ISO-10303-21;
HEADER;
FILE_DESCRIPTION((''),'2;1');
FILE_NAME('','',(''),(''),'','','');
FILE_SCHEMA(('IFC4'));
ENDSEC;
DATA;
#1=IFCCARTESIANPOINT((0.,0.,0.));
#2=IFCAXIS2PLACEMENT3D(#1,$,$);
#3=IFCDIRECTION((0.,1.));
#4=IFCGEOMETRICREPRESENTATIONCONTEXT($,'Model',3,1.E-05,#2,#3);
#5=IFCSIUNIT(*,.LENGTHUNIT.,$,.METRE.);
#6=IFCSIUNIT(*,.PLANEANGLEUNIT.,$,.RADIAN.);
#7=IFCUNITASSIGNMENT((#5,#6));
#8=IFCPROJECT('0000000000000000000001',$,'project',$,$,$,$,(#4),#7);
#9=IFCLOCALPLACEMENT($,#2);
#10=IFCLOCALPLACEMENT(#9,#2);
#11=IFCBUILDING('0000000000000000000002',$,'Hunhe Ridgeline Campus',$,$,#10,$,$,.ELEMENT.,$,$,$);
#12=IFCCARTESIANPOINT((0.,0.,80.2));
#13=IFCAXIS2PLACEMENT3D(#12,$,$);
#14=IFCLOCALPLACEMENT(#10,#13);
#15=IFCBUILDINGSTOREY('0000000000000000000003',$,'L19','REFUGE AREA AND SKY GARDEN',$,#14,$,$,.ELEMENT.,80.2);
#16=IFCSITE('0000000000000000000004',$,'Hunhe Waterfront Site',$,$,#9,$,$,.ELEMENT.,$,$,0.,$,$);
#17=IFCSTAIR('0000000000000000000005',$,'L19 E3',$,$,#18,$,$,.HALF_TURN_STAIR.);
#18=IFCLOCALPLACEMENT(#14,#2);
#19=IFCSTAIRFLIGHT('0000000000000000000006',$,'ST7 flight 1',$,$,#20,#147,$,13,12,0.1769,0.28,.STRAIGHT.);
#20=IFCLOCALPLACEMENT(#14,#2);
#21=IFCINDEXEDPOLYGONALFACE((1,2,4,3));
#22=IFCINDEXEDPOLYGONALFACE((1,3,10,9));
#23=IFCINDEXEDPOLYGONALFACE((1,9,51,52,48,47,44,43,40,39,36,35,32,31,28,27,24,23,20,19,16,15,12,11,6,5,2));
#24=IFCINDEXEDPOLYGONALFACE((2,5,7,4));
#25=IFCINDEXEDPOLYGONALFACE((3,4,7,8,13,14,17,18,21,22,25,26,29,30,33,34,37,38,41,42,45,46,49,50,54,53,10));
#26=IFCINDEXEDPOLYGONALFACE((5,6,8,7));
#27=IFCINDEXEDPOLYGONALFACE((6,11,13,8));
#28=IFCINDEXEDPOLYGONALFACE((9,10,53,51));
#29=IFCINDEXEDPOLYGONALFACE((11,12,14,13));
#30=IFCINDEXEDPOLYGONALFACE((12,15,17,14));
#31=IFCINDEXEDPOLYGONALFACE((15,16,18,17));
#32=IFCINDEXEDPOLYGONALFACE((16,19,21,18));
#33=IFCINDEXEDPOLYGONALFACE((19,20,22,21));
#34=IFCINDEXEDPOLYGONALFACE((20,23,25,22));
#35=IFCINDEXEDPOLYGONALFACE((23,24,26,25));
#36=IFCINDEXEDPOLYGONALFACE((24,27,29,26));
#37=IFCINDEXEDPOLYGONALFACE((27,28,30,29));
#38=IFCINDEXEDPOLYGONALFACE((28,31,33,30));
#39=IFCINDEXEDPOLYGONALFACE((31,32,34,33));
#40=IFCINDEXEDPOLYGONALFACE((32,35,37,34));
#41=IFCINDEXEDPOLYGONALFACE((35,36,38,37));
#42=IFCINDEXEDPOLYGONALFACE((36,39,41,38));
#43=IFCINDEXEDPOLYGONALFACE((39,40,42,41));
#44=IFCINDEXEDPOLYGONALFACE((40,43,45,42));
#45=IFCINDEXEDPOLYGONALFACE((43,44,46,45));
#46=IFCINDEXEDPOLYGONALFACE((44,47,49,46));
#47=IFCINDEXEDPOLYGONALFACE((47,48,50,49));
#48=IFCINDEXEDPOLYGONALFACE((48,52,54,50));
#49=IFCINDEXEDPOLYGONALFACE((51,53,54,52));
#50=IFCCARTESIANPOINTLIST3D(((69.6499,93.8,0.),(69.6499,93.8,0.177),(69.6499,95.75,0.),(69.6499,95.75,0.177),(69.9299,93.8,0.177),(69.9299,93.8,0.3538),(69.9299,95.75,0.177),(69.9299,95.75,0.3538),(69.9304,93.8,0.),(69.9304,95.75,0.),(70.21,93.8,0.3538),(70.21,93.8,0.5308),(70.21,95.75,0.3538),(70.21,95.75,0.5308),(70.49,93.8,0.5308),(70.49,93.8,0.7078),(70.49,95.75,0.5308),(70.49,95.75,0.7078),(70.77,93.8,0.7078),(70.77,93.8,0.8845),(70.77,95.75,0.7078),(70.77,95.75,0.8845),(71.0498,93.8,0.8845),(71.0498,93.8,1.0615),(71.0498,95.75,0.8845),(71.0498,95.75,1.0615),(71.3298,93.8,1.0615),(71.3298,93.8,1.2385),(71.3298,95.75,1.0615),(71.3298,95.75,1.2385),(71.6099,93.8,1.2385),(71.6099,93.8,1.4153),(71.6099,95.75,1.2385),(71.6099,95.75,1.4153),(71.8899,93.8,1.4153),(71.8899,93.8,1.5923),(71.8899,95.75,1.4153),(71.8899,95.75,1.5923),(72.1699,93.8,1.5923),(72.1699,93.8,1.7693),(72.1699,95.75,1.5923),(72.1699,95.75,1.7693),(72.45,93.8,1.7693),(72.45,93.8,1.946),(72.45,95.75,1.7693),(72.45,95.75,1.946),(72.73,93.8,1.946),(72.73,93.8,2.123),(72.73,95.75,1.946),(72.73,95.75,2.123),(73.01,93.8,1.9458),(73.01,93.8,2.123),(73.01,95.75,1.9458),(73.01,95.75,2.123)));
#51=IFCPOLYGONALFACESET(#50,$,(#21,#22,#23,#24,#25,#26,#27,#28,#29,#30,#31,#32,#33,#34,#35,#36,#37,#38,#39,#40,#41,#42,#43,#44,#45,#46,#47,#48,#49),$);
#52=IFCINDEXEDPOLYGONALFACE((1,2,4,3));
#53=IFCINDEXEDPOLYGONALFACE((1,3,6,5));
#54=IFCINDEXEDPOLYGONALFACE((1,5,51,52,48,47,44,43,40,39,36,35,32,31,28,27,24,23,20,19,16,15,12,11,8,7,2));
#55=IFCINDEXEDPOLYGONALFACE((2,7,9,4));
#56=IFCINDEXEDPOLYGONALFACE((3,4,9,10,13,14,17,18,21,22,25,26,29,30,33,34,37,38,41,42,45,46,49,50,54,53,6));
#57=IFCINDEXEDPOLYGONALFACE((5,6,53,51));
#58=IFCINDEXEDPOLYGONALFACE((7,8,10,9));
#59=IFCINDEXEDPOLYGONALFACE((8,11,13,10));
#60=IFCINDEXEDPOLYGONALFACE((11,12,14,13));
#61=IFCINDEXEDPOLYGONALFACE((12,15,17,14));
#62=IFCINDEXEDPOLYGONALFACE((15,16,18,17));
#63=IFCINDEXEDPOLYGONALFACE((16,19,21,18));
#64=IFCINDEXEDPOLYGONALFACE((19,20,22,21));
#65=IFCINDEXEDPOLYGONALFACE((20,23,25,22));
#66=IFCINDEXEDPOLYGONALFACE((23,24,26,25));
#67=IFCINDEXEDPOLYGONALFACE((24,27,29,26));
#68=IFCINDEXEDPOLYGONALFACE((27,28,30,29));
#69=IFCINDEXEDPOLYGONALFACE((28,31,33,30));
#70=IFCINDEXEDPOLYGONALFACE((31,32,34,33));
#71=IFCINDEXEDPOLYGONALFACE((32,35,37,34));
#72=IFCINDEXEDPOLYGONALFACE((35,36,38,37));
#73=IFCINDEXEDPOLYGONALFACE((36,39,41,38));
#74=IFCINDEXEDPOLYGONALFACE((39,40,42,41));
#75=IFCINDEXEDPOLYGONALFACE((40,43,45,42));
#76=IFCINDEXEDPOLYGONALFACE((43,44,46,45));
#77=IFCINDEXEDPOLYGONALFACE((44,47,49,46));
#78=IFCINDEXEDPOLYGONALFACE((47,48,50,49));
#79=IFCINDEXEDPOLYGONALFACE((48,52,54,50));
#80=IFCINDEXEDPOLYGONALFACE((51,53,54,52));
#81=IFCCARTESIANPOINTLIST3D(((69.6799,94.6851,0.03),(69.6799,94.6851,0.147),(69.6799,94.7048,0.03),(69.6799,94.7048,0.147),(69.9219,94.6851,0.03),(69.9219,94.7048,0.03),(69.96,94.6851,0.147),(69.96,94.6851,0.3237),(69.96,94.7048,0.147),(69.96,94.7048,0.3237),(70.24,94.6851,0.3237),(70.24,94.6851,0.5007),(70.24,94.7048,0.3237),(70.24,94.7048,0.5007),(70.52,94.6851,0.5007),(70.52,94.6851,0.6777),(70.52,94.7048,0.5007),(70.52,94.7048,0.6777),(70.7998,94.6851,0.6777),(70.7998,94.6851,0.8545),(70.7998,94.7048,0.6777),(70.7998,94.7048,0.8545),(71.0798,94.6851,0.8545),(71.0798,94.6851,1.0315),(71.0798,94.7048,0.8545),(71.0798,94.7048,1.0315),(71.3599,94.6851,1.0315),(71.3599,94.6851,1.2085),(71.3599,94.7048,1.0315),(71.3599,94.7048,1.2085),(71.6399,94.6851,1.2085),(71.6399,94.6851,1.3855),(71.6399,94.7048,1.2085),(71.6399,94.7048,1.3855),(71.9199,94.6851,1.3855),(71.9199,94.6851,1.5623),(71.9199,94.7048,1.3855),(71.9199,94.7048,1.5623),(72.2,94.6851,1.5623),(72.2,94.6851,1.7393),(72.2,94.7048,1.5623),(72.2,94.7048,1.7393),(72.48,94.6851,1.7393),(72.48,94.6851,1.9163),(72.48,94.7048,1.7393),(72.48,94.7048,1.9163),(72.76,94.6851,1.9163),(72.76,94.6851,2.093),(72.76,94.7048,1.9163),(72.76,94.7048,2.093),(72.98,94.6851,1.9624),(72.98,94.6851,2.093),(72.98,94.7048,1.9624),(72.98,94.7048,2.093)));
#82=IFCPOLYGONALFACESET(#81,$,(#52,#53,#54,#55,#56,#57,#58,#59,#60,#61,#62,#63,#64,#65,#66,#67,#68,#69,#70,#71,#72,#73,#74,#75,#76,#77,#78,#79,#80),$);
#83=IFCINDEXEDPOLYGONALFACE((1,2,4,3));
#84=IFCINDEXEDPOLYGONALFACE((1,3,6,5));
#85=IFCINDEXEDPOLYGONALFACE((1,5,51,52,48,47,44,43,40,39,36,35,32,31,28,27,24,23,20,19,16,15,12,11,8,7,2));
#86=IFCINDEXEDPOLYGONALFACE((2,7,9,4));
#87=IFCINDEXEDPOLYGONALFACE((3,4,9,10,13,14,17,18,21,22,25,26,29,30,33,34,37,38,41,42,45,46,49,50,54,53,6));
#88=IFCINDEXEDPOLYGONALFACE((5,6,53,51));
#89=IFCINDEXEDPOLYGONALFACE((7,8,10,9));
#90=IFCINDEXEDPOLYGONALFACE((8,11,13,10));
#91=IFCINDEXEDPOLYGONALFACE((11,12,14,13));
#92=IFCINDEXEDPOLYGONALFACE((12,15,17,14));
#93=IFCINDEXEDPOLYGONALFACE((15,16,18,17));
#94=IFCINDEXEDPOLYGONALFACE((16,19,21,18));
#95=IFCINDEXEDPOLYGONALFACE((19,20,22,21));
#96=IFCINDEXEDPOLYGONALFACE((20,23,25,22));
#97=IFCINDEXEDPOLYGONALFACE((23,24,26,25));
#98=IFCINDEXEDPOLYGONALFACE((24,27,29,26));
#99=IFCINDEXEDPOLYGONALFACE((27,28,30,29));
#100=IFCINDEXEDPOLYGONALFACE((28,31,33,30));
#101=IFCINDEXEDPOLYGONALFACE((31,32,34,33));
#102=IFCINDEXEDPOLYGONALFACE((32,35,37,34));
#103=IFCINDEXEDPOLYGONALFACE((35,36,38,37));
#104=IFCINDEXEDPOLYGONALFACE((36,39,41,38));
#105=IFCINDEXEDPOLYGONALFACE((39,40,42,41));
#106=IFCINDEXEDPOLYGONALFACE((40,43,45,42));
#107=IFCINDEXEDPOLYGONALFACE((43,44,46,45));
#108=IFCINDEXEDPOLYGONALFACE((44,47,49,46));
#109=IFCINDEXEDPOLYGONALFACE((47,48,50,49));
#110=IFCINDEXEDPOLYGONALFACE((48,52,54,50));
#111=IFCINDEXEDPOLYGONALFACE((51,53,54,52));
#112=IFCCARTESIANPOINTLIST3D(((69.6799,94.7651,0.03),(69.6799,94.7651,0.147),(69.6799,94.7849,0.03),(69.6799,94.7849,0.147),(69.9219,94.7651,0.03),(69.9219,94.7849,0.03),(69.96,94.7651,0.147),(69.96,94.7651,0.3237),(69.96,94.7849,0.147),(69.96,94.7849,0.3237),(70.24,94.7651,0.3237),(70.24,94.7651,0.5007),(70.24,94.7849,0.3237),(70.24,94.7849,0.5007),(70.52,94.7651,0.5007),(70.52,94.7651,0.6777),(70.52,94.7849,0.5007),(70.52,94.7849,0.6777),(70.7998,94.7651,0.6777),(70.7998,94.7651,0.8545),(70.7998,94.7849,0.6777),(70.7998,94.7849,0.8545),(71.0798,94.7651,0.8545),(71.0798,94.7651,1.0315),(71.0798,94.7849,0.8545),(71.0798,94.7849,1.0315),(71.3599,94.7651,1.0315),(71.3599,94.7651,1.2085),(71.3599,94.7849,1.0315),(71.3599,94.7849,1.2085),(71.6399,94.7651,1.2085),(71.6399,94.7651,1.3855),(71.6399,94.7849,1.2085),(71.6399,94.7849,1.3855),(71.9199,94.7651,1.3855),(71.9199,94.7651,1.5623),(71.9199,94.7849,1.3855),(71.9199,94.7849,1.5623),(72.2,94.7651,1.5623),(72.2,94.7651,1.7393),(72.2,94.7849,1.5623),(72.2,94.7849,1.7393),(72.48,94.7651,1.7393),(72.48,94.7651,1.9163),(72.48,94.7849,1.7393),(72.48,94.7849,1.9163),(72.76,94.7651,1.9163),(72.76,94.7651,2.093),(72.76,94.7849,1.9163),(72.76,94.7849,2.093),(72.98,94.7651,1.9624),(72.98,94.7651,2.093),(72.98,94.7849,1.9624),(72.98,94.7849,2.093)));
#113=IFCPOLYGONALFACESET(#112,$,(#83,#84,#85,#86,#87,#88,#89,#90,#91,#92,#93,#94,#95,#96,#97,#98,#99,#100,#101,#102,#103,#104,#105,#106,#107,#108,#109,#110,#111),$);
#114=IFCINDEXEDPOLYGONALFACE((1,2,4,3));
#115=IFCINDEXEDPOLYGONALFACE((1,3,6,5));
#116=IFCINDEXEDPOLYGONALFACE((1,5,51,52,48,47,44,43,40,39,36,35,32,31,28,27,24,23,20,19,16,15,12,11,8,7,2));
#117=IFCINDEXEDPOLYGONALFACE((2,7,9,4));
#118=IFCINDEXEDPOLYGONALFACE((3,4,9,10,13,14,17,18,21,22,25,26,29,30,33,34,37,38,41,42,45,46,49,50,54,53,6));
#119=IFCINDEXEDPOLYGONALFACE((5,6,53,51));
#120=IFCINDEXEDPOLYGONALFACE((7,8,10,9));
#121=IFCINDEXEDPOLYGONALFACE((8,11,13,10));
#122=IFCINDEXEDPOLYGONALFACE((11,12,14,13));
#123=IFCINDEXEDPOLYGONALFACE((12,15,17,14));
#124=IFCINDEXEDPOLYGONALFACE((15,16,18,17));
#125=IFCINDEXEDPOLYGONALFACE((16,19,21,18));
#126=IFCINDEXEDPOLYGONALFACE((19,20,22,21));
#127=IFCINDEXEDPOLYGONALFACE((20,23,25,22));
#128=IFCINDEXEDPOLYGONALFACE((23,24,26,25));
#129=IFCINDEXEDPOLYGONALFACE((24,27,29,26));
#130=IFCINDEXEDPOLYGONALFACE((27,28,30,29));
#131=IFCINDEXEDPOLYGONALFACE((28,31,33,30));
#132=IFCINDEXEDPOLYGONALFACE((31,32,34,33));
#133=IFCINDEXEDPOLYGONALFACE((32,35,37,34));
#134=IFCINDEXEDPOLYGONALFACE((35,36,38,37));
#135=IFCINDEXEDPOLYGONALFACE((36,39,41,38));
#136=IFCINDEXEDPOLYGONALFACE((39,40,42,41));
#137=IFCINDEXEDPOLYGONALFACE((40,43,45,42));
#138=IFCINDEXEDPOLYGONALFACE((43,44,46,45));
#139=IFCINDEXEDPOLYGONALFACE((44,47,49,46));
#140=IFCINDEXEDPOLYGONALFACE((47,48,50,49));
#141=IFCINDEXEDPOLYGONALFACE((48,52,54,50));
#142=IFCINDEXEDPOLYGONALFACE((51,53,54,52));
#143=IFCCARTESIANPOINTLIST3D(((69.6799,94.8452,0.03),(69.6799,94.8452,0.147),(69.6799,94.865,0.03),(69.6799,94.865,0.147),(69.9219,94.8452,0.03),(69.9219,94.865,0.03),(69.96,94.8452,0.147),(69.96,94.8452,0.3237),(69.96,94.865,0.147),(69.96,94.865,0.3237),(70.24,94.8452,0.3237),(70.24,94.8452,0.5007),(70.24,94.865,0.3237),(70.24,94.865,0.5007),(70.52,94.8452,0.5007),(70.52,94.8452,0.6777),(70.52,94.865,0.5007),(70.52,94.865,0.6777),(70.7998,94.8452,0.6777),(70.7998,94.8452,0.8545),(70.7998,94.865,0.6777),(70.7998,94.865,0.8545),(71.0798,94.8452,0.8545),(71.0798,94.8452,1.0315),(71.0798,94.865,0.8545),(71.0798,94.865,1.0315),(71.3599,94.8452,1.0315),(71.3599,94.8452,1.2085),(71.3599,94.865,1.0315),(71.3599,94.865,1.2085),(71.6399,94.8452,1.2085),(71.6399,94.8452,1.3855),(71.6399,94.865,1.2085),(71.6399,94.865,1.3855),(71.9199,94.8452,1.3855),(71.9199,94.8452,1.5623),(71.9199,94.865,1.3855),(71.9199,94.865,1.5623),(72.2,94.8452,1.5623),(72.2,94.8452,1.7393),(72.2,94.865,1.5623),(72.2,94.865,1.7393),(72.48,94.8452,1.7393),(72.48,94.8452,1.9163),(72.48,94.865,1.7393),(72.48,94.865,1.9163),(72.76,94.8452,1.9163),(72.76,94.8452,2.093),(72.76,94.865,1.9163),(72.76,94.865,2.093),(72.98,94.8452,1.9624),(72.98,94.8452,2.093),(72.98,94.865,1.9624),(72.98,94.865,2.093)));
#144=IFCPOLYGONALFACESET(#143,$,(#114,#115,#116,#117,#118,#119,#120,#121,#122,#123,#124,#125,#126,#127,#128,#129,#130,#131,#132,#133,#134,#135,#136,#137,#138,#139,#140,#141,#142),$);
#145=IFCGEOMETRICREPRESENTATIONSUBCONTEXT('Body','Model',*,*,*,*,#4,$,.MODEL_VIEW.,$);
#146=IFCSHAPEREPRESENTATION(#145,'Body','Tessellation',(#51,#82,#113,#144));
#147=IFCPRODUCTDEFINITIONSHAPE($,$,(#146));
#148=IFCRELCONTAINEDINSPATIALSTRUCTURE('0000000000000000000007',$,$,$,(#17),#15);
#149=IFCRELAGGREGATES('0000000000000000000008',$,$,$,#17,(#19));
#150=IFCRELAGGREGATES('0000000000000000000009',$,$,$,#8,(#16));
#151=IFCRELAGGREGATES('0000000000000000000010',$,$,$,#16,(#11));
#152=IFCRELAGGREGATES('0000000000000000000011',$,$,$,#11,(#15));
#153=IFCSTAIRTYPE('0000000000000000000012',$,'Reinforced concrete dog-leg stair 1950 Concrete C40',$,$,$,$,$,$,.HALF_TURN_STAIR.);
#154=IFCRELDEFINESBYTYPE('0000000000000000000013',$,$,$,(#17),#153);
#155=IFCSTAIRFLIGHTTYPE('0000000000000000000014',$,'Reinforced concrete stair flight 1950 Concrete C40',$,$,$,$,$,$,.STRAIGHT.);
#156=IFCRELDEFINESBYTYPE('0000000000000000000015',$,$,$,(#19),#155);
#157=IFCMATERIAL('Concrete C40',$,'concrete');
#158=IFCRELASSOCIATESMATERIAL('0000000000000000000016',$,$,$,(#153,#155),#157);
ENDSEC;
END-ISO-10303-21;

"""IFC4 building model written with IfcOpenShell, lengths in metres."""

from ifc_helpers import new_model, si_unit, direction, frame, origin, place, context, subcontext, project, spatial, polyline, outline, extrude, material, type_object, element, aggregate, save


model = new_model("IFC4")

# Units and contexts
model_context = context("Model", 3, precision=1e-05, world=origin(), true_north=direction((0.0, 1.0)))
body_context = subcontext(model_context, "Body", "Model", "MODEL_VIEW")
ifc_project = project(units=[si_unit("LENGTHUNIT", "METRE"), si_unit("PLANEANGLEUNIT", "RADIAN")], contexts=[model_context])

# Site, building, storey
site_placement = place(None, origin())
site = spatial("IfcSite", under=ifc_project, at=site_placement, Name="Hunhe Waterfront Site", CompositionType="ELEMENT", RefElevation=0.0)
building_placement = place(site_placement, origin())
building = spatial("IfcBuilding", under=site, at=building_placement, Name="Hunhe Ridgeline Campus", CompositionType="ELEMENT")
storey_placement = place(building_placement, frame((0.0, 0.0, 80.2)))
storey = spatial("IfcBuildingStorey", under=building, at=storey_placement, Name="L19", Description="REFUGE AREA AND SKY GARDEN", CompositionType="ELEMENT", Elevation=80.2)

# Stair, stair flight
ifc_material_1 = material(Name="Concrete C40", Category="concrete")
stair_type = type_object("IfcStairType", Name="Reinforced concrete dog-leg stair 1950 Concrete C40", PredefinedType="HALF_TURN_STAIR", material=ifc_material_1)
stair_placement = place(storey_placement, origin())
stair = element("IfcStair", 1, at=stair_placement, inside=storey, type_object=stair_type, Name="L19 E3", PredefinedType="HALF_TURN_STAIR")
stair_flight_type = type_object("IfcStairFlightType", Name="Reinforced concrete stair flight 1950 Concrete C40", PredefinedType="STRAIGHT", material=ifc_material_1)
stair_flight_1_placement = place(storey_placement, frame((69.6499, 94.7749, 0.0), z_axis=(0.0, 0.0, 1.0), x_axis=(1.0, 0.0, 0.0)))
stair_flight_1 = element("IfcStairFlight", 2, at=stair_flight_1_placement, type_object=stair_flight_type, Name="ST7 flight 1", NumberOfRisers=13, NumberOfTreads=12, PredefinedType="STRAIGHT", RiserHeight=0.1769, TreadLength=0.28, context=body_context, shape_type="SweptSolid", body=[
    extrude(outline(polyline([(0.0, 0.0), (0.0, 0.177), (0.28, 0.177), (0.28, 0.3538), (0.5601, 0.3538), (0.5601, 0.5308), (0.8401, 0.5308), (0.8401, 0.7078), (1.1201, 0.7078), (1.1201, 0.8845), (1.3999, 0.8845), (1.3999, 1.0615), (1.6799, 1.0615), (1.6799, 1.2385), (1.96, 1.2385), (1.96, 1.4153), (2.24, 1.4153), (2.24, 1.5923), (2.52, 1.5923), (2.52, 1.7693), (2.8, 1.7693), (2.8, 1.946), (3.0801, 1.946), (3.0801, 2.123), (3.3601, 2.123), (3.3601, 2.3), (3.3601, 1.9458), (0.2805, 0.0), (0.0, 0.0)])), frame((0.0, 0.9751, 0.0), z_axis=(0.0, -1.0, 0.0), x_axis=(1.0, 0.0, 0.0)), (0.0, 0.0, 1.0), 1.95),
    extrude(outline(polyline([(0.03, 0.03), (0.03, 0.147), (0.3101, 0.147), (0.3101, 0.3237), (0.5901, 0.3237), (0.5901, 0.5007), (0.8701, 0.5007), (0.8701, 0.6777), (1.1499, 0.6777), (1.1499, 0.8545), (1.4299, 0.8545), (1.4299, 1.0315), (1.71, 1.0315), (1.71, 1.2085), (1.99, 1.2085), (1.99, 1.3855), (2.27, 1.3855), (2.27, 1.5623), (2.55, 1.5623), (2.55, 1.7393), (2.8301, 1.7393), (2.8301, 1.9163), (3.1101, 1.9163), (3.1101, 2.093), (3.3301, 2.093), (3.3301, 1.9624), (0.272, 0.03), (0.03, 0.03)])), frame((0.0, -0.0701, 0.0), z_axis=(0.0, -1.0, 0.0), x_axis=(1.0, 0.0, 0.0)), (0.0, 0.0, 1.0), 0.0198),
    extrude(outline(polyline([(0.03, 0.03), (0.03, 0.147), (0.3101, 0.147), (0.3101, 0.3237), (0.5901, 0.3237), (0.5901, 0.5007), (0.8701, 0.5007), (0.8701, 0.6777), (1.1499, 0.6777), (1.1499, 0.8545), (1.4299, 0.8545), (1.4299, 1.0315), (1.71, 1.0315), (1.71, 1.2085), (1.99, 1.2085), (1.99, 1.3855), (2.27, 1.3855), (2.27, 1.5623), (2.55, 1.5623), (2.55, 1.7393), (2.8301, 1.7393), (2.8301, 1.9163), (3.1101, 1.9163), (3.1101, 2.093), (3.3301, 2.093), (3.3301, 1.9624), (0.272, 0.03), (0.03, 0.03)])), frame((0.0, 0.01, 0.0), z_axis=(0.0, -1.0, 0.0), x_axis=(1.0, 0.0, 0.0)), (0.0, 0.0, 1.0), 0.0198),
    extrude(outline(polyline([(0.03, 0.03), (0.03, 0.147), (0.3101, 0.147), (0.3101, 0.3237), (0.5901, 0.3237), (0.5901, 0.5007), (0.8701, 0.5007), (0.8701, 0.6777), (1.1499, 0.6777), (1.1499, 0.8545), (1.4299, 0.8545), (1.4299, 1.0315), (1.71, 1.0315), (1.71, 1.2085), (1.99, 1.2085), (1.99, 1.3855), (2.27, 1.3855), (2.27, 1.5623), (2.55, 1.5623), (2.55, 1.7393), (2.8301, 1.7393), (2.8301, 1.9163), (3.1101, 1.9163), (3.1101, 2.093), (3.3301, 2.093), (3.3301, 1.9624), (0.272, 0.03), (0.03, 0.03)])), frame((0.0, 0.0901, 0.0), z_axis=(0.0, -1.0, 0.0), x_axis=(1.0, 0.0, 0.0)), (0.0, 0.0, 1.0), 0.0198),
])
aggregate(stair, [stair_flight_1])

save(model, "model.ifc")
